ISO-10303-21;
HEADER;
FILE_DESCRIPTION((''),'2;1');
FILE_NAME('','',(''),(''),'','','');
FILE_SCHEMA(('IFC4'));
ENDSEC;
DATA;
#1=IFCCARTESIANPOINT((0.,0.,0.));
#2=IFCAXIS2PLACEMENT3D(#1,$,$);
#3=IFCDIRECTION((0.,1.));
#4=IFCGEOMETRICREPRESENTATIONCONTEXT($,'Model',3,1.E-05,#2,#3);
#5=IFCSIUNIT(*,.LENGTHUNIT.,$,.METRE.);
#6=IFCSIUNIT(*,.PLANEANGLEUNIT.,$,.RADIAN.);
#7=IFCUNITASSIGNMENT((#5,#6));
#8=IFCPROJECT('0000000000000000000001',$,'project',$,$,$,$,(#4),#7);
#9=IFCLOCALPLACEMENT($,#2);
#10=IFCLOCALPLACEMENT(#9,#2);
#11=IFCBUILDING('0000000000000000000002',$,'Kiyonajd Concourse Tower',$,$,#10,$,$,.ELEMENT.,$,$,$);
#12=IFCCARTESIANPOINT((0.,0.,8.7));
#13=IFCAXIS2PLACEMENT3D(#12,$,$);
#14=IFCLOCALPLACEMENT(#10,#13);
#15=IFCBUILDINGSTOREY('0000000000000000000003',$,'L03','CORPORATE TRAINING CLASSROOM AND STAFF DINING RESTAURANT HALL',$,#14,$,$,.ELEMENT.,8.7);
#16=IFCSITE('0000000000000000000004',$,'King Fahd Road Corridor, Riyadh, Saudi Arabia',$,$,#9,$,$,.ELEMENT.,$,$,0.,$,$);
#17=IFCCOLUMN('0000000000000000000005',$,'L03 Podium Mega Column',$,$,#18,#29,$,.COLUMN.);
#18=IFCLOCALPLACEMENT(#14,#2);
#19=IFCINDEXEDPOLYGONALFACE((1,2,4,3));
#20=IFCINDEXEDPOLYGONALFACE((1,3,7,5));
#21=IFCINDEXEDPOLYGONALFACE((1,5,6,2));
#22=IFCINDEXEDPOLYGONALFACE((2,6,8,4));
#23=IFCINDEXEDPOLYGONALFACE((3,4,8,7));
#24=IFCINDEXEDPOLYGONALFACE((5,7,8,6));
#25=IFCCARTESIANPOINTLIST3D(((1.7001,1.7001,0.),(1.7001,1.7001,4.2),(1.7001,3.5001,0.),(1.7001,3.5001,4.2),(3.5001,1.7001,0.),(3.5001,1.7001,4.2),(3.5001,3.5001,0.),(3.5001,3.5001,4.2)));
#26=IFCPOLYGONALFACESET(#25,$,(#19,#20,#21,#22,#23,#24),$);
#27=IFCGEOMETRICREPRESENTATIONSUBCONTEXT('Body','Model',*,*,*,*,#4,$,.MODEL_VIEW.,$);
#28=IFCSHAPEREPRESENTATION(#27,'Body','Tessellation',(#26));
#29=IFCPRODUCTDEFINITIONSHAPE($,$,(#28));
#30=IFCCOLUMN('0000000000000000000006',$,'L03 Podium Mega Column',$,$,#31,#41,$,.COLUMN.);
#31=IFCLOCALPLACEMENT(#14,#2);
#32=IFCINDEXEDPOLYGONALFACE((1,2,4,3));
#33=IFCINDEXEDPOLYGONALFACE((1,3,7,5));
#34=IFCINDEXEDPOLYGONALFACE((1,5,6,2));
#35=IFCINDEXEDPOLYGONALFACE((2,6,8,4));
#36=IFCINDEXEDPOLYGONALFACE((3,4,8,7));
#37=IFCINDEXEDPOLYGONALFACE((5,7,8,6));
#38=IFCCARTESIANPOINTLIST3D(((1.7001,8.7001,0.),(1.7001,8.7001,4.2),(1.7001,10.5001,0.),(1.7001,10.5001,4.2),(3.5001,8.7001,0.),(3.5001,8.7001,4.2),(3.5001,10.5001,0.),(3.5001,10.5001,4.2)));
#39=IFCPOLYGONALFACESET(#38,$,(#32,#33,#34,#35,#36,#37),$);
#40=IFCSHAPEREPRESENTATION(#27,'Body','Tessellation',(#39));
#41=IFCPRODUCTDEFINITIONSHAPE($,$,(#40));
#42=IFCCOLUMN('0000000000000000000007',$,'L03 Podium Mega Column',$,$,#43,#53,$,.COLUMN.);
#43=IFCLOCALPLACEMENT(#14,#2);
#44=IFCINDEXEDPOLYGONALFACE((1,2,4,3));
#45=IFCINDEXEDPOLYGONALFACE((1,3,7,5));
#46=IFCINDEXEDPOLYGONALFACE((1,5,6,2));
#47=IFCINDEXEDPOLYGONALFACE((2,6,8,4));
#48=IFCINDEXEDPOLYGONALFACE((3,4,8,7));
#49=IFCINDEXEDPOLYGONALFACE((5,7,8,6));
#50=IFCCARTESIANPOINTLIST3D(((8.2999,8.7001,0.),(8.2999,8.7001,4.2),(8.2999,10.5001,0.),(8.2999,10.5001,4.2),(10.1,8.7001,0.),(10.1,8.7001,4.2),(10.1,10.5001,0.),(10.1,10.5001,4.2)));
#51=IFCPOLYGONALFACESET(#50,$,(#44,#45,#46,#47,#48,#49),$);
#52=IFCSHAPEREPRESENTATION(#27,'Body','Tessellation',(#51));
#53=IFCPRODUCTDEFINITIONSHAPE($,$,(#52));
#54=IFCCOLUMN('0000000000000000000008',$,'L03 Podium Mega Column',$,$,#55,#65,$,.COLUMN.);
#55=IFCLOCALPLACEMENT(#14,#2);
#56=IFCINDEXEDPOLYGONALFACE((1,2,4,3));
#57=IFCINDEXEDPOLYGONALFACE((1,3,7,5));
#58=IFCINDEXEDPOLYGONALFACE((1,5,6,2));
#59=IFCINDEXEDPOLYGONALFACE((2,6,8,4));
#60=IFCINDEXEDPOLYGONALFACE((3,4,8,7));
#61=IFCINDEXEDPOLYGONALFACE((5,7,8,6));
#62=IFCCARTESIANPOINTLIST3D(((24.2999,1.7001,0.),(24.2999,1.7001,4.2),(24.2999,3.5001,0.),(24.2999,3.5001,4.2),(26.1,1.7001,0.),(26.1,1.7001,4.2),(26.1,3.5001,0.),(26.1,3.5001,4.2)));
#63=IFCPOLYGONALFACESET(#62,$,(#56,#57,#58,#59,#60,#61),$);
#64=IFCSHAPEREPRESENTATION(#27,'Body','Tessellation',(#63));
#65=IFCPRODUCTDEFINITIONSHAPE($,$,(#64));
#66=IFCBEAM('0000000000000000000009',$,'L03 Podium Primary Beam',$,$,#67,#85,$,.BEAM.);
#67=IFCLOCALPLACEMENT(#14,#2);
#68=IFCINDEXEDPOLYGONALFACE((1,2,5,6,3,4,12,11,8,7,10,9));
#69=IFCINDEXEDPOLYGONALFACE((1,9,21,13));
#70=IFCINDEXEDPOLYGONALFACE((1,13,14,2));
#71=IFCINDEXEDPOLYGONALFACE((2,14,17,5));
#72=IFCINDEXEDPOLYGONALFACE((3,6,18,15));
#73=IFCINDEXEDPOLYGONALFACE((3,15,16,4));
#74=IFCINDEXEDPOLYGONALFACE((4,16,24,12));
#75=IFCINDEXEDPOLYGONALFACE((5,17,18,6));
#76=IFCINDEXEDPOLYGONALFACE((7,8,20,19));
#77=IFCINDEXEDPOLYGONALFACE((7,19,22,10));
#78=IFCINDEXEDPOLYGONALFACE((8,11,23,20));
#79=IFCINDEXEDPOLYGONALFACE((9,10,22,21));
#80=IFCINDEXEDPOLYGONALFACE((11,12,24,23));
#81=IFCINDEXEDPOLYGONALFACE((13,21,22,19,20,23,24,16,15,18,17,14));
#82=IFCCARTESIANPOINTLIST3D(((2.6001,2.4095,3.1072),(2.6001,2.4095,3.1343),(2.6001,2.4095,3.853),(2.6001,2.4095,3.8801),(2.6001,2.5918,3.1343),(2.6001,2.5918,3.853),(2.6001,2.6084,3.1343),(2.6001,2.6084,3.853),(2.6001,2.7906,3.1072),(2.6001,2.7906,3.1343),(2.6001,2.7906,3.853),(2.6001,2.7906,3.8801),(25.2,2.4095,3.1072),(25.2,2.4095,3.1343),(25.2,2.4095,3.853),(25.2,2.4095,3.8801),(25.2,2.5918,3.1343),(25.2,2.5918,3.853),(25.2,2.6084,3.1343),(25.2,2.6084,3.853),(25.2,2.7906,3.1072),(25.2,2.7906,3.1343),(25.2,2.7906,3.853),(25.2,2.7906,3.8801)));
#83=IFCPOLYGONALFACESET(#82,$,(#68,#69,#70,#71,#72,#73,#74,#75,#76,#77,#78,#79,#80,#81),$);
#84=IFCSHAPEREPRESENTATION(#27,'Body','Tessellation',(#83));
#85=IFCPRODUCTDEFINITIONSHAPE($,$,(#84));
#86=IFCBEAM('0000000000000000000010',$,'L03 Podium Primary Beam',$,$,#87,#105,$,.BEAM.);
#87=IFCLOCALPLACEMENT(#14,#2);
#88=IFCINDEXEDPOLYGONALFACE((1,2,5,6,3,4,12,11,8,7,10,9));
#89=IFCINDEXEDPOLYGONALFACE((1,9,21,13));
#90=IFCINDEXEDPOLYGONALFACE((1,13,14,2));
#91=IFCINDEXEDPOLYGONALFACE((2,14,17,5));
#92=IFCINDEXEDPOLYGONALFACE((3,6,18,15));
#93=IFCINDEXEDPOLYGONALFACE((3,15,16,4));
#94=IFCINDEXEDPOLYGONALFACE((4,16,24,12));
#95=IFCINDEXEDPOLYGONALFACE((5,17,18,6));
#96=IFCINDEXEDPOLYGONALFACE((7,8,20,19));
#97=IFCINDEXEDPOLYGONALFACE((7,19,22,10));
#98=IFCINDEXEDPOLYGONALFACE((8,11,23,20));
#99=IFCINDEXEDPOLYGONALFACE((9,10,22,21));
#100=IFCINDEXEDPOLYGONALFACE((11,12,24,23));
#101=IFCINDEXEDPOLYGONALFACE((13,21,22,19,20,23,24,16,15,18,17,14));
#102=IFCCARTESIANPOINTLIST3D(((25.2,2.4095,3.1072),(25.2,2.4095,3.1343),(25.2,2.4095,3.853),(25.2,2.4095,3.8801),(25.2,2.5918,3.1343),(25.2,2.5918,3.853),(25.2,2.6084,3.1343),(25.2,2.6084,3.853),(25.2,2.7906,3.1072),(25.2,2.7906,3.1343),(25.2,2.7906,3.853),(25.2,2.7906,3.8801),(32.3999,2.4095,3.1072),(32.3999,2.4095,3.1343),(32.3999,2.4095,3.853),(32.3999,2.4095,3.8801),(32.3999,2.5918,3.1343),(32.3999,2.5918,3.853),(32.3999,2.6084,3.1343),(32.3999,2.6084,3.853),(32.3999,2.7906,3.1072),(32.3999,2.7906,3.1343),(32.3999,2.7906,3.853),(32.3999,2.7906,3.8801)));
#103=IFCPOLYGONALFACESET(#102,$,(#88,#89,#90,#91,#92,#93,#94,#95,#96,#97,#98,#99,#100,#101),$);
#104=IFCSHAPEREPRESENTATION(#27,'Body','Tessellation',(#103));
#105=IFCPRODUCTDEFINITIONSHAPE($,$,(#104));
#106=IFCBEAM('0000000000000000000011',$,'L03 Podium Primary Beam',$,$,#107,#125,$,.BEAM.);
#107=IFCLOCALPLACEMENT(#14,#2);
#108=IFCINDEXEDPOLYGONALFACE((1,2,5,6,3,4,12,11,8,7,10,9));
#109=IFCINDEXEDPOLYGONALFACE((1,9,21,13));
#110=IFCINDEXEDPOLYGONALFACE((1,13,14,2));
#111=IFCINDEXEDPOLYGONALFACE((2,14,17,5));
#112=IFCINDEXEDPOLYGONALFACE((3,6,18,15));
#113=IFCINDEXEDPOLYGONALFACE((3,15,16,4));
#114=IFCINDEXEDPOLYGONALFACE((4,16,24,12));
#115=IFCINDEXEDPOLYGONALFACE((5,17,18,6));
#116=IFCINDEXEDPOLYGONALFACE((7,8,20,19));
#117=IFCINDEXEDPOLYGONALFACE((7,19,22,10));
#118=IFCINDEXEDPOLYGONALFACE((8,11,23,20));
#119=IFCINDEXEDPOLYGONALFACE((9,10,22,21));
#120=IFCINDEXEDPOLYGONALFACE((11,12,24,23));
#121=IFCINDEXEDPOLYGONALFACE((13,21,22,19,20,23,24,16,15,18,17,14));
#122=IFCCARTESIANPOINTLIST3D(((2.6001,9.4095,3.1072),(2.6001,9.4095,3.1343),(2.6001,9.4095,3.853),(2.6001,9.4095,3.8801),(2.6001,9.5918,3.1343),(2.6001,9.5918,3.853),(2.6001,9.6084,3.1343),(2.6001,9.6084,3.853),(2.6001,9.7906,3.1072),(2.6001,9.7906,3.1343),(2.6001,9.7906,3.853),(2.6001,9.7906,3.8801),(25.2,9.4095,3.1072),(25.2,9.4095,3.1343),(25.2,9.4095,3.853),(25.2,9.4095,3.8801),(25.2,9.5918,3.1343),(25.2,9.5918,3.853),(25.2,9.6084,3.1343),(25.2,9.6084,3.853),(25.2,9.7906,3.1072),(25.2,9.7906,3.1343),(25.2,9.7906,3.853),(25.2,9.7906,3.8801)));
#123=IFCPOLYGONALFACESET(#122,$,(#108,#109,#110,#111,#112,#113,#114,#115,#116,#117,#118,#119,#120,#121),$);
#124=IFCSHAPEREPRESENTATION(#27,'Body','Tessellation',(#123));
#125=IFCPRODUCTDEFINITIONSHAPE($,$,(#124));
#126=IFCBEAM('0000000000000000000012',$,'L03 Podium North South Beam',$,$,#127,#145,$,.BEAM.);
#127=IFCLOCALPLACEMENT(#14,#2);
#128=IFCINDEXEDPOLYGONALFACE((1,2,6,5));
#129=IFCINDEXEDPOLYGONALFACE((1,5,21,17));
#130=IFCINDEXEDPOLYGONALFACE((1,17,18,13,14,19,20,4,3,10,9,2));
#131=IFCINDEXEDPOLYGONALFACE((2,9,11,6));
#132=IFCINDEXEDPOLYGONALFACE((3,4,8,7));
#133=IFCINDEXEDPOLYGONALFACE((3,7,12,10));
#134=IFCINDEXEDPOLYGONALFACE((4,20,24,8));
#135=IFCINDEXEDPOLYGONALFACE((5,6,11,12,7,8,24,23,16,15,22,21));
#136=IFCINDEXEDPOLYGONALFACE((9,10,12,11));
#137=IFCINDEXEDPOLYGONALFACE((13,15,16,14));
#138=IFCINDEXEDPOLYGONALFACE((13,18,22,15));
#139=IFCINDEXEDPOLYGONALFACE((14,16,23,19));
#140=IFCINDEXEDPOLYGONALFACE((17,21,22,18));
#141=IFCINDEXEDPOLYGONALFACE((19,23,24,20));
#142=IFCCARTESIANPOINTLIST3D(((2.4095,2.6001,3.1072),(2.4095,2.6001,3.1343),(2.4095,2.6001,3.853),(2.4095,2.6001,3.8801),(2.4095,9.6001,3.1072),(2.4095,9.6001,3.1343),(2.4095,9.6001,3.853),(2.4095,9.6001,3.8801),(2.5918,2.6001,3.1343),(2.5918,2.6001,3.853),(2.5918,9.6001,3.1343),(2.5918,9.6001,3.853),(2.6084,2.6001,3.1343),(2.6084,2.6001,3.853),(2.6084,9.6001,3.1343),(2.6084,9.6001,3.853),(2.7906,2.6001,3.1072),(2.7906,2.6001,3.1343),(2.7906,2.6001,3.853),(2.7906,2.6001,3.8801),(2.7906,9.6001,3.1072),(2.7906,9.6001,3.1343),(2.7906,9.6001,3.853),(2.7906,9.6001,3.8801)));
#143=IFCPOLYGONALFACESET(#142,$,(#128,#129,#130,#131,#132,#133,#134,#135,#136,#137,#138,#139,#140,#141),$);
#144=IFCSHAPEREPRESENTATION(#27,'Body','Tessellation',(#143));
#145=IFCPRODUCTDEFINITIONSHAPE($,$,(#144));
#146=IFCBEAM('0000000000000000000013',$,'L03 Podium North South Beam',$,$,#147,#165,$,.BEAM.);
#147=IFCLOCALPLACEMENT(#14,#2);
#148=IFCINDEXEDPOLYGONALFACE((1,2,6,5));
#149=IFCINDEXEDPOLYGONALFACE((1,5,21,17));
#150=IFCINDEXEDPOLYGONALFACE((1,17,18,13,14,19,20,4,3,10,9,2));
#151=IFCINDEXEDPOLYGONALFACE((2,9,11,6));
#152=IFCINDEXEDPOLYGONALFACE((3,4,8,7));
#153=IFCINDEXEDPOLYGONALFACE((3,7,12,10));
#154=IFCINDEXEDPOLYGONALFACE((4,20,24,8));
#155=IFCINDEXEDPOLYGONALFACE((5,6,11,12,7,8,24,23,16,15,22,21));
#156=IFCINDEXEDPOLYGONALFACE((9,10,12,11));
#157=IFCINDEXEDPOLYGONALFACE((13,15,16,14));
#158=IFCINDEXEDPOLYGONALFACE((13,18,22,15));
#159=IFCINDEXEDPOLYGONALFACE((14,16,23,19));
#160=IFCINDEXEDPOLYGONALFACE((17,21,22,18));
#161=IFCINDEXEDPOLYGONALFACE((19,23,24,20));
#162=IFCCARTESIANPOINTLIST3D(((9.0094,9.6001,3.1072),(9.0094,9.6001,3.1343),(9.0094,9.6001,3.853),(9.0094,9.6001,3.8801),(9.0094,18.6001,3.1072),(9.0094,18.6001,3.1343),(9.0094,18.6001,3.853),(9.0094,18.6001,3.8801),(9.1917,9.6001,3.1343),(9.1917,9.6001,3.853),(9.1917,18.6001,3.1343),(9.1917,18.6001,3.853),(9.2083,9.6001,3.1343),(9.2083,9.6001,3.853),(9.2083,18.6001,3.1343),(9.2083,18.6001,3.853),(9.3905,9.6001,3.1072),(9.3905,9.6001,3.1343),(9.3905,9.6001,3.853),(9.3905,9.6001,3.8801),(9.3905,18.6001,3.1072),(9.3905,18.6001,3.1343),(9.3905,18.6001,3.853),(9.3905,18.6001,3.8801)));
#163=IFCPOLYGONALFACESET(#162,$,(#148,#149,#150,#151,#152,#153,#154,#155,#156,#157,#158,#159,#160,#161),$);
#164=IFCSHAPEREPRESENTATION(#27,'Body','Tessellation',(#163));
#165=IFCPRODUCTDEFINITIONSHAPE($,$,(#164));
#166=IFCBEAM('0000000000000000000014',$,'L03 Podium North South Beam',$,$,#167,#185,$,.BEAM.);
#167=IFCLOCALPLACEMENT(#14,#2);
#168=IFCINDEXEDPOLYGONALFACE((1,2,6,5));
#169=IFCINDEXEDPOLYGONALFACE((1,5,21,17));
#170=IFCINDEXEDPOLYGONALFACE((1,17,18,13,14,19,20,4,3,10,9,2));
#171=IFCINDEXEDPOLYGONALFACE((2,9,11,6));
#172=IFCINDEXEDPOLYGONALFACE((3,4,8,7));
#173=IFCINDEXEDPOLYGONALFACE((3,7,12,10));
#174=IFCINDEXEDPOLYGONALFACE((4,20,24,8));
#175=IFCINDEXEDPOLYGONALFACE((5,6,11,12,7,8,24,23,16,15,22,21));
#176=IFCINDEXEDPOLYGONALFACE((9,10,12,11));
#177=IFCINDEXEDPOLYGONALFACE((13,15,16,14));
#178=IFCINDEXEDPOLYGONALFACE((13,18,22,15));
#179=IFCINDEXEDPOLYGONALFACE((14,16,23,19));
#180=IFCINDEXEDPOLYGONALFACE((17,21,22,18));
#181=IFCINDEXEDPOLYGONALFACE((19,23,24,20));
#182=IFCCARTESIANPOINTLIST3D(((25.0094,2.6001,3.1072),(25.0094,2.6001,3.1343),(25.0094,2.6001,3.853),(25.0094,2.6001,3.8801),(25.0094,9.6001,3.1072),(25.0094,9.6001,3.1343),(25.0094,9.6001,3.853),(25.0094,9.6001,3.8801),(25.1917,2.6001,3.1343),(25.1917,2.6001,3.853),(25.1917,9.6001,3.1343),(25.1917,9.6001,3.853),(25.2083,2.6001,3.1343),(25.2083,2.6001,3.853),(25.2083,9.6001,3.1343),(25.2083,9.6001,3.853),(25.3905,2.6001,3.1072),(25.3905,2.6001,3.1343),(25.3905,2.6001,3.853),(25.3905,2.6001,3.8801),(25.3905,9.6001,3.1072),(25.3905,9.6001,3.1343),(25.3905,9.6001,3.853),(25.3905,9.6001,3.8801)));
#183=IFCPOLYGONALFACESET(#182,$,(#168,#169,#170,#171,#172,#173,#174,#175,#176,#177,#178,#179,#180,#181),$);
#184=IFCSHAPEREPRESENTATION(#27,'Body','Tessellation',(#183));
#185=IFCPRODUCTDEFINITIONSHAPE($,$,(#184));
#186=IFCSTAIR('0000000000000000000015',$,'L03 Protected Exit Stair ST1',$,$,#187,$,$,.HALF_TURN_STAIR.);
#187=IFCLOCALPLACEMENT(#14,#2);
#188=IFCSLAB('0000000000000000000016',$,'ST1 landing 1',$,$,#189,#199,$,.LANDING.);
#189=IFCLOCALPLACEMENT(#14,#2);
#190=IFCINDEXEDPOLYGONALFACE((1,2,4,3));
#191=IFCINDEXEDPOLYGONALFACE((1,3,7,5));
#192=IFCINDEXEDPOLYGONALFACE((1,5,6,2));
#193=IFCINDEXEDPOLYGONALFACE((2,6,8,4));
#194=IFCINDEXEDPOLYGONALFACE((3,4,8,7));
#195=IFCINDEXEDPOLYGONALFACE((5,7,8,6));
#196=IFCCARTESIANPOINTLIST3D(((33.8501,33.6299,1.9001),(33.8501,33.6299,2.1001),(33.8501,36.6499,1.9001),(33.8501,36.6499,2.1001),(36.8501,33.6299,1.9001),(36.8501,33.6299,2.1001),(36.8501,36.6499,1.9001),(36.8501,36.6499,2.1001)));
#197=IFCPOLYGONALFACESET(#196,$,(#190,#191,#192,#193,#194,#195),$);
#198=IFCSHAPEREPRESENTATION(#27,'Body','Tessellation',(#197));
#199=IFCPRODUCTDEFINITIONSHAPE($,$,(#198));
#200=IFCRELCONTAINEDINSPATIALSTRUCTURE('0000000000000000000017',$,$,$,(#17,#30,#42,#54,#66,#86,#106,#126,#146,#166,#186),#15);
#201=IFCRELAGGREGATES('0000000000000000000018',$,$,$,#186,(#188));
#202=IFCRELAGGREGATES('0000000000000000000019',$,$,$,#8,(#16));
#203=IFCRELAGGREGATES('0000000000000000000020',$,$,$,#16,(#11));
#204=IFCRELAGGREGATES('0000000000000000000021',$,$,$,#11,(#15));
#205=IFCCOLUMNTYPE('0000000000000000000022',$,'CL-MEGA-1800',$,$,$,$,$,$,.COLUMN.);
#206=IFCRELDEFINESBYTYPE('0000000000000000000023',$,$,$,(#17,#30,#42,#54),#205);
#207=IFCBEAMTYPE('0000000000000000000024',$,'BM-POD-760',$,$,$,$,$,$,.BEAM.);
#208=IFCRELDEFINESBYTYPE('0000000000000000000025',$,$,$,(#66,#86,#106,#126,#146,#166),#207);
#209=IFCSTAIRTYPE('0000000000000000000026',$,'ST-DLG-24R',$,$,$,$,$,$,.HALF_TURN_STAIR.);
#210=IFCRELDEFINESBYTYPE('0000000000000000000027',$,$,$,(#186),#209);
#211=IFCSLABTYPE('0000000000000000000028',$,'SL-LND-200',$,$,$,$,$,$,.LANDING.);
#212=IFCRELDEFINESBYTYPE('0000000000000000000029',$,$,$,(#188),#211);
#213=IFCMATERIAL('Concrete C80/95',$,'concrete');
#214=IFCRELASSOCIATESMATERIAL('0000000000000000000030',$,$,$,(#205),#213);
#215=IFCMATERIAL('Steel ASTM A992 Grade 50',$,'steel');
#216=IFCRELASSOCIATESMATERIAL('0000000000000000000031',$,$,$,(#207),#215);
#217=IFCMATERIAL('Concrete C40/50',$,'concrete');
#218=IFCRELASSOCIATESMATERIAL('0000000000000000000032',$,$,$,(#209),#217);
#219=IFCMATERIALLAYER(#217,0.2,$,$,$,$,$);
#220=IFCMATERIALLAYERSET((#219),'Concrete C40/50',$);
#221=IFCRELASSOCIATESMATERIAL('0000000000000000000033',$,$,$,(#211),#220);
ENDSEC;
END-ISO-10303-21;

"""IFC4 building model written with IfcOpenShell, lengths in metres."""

from ifc_helpers import new_model, si_unit, direction, frame, origin, origin_2d, place, context, subcontext, project, spatial, polyline, rectangle, i_section, outline, extrude, material, layer, layer_set, material_profile, profile_set, type_object, element, aggregate, save


model = new_model("IFC4")

# Units and contexts
model_context = context("Model", 3, precision=1e-05, world=origin(), true_north=direction((0.0, 1.0)))
body_context = subcontext(model_context, "Body", "Model", "MODEL_VIEW")
ifc_project = project(units=[si_unit("LENGTHUNIT", "METRE"), si_unit("PLANEANGLEUNIT", "RADIAN")], contexts=[model_context])

# Site, building, storey
site_placement = place(None, origin())
site = spatial("IfcSite", under=ifc_project, at=site_placement, Name="King Fahd Road Corridor, Riyadh, Saudi Arabia", CompositionType="ELEMENT", RefElevation=0.0)
building_placement = place(site_placement, origin())
building = spatial("IfcBuilding", under=site, at=building_placement, Name="Kiyonajd Concourse Tower", CompositionType="ELEMENT")
storey_placement = place(building_placement, frame((0.0, 0.0, 8.7)))
storey = spatial("IfcBuildingStorey", under=building, at=storey_placement, Name="L03", Description="CORPORATE TRAINING CLASSROOM AND STAFF DINING RESTAURANT HALL", CompositionType="ELEMENT", Elevation=8.7)

# Columns
ifc_material_1 = material(Name="Concrete C80/95", Category="concrete")
ifc_material_profile_1 = material_profile(ifc_material_1, rectangle(XDim=1.8, YDim=1.8, at=origin_2d()), Name="RC-1800x1800")
ifc_profile_set_1 = profile_set([ifc_material_profile_1], Name="Concrete C80/95")
column_type = type_object("IfcColumnType", Name="CL-MEGA-1800", PredefinedType="COLUMN", material=ifc_profile_set_1)
for number, where, z_axis, x_axis, name in (
    (1, (2.6001, 2.6001, 0.0), (0.0, 0.0, 1.0), (1.0, 0.0, 0.0), "L03 Podium Mega Column"),
    (2, (2.6001, 9.6001, 0.0), (0.0, 0.0, 1.0), (1.0, 0.0, 0.0), "L03 Podium Mega Column"),
    (3, (9.2, 9.6001, 0.0), (0.0, 0.0, 1.0), (1.0, 0.0, 0.0), "L03 Podium Mega Column"),
    (4, (25.2, 2.6001, 0.0), (0.0, 0.0, 1.0), (1.0, 0.0, 0.0), "L03 Podium Mega Column"),
):
    element("IfcColumn", number, at=place(storey_placement, frame(where, z_axis=z_axis, x_axis=x_axis)), inside=storey, type_object=column_type, Name=name, PredefinedType="COLUMN", context=body_context, shape_type="SweptSolid", body=[
        extrude(rectangle(XDim=1.8, YDim=1.8, at=origin_2d()), origin(), (0.0, 0.0, 1.0), 4.2),
    ])

# Beams
ifc_material_2 = material(Name="Steel ASTM A992 Grade 50", Category="steel")
ifc_material_profile_2 = material_profile(ifc_material_2, i_section(OverallWidth=0.3811, OverallDepth=0.7729, WebThickness=0.0166, FlangeThickness=0.0271, at=origin_2d()), Name="W760X257")
ifc_profile_set_2 = profile_set([ifc_material_profile_2], Name="Steel ASTM A992 Grade 50")
beam_type = type_object("IfcBeamType", Name="BM-POD-760", PredefinedType="BEAM", material=ifc_profile_set_2)
beam_1_placement = place(storey_placement, frame((2.6001, 2.6001, 3.4937), z_axis=(1.0, 0.0, 0.0), x_axis=(0.0, 1.0, 0.0)))
element("IfcBeam", 5, at=beam_1_placement, inside=storey, type_object=beam_type, Name="L03 Podium Primary Beam", PredefinedType="BEAM", context=body_context, shape_type="SweptSolid", body=[
    extrude(i_section(OverallWidth=0.3811, OverallDepth=0.7729, WebThickness=0.0166, FlangeThickness=0.0271, at=origin_2d()), origin(), (0.0, 0.0, 1.0), 22.5999),
])
beam_2_placement = place(storey_placement, frame((25.2, 2.6001, 3.4937), z_axis=(1.0, 0.0, 0.0), x_axis=(0.0, 1.0, 0.0)))
element("IfcBeam", 6, at=beam_2_placement, inside=storey, type_object=beam_type, Name="L03 Podium Primary Beam", PredefinedType="BEAM", context=body_context, shape_type="SweptSolid", body=[
    extrude(i_section(OverallWidth=0.3811, OverallDepth=0.7729, WebThickness=0.0166, FlangeThickness=0.0271, at=origin_2d()), origin(), (0.0, 0.0, 1.0), 7.2),
])
beam_3_placement = place(storey_placement, frame((2.6001, 9.6001, 3.4937), z_axis=(1.0, 0.0, 0.0), x_axis=(0.0, 1.0, 0.0)))
element("IfcBeam", 7, at=beam_3_placement, inside=storey, type_object=beam_type, Name="L03 Podium Primary Beam", PredefinedType="BEAM", context=body_context, shape_type="SweptSolid", body=[
    extrude(i_section(OverallWidth=0.3811, OverallDepth=0.7729, WebThickness=0.0166, FlangeThickness=0.0271, at=origin_2d()), origin(), (0.0, 0.0, 1.0), 22.5999),
])
beam_4_placement = place(storey_placement, frame((2.6001, 2.6001, 3.4937), z_axis=(0.0, 1.0, 0.0), x_axis=(-1.0, 0.0, 0.0)))
element("IfcBeam", 8, at=beam_4_placement, inside=storey, type_object=beam_type, Name="L03 Podium North South Beam", PredefinedType="BEAM", context=body_context, shape_type="SweptSolid", body=[
    extrude(i_section(OverallWidth=0.3811, OverallDepth=0.7729, WebThickness=0.0166, FlangeThickness=0.0271, at=origin_2d()), origin(), (0.0, 0.0, 1.0), 7.0),
])
beam_5_placement = place(storey_placement, frame((9.2, 9.6001, 3.4937), z_axis=(0.0, 1.0, 0.0), x_axis=(-1.0, 0.0, 0.0)))
element("IfcBeam", 9, at=beam_5_placement, inside=storey, type_object=beam_type, Name="L03 Podium North South Beam", PredefinedType="BEAM", context=body_context, shape_type="SweptSolid", body=[
    extrude(i_section(OverallWidth=0.3811, OverallDepth=0.7729, WebThickness=0.0166, FlangeThickness=0.0271, at=origin_2d()), origin(), (0.0, 0.0, 1.0), 9.0),
])
beam_6_placement = place(storey_placement, frame((25.2, 2.6001, 3.4937), z_axis=(0.0, 1.0, 0.0), x_axis=(-1.0, 0.0, 0.0)))
element("IfcBeam", 10, at=beam_6_placement, inside=storey, type_object=beam_type, Name="L03 Podium North South Beam", PredefinedType="BEAM", context=body_context, shape_type="SweptSolid", body=[
    extrude(i_section(OverallWidth=0.3811, OverallDepth=0.7729, WebThickness=0.0166, FlangeThickness=0.0271, at=origin_2d()), origin(), (0.0, 0.0, 1.0), 7.0),
])

# Stair, slab
ifc_material_3 = material(Name="Concrete C40/50", Category="concrete")
stair_type_1 = type_object("IfcStairType", Name="ST-DLG-24R", PredefinedType="HALF_TURN_STAIR", material=ifc_material_3)
stair_1_placement = place(storey_placement, origin())
stair_1 = element("IfcStair", 11, at=stair_1_placement, inside=storey, type_object=stair_type_1, Name="L03 Protected Exit Stair ST1", PredefinedType="HALF_TURN_STAIR")
ifc_layer_1 = layer(ifc_material_3, 0.2)
ifc_layer_set_1 = layer_set([ifc_layer_1], Name="Concrete C40/50")
slab_type_1 = type_object("IfcSlabType", Name="SL-LND-200", PredefinedType="LANDING", material=ifc_layer_set_1)
slab_1_placement = place(storey_placement, frame((0.0, 0.0, 1.9001)))
slab_1 = element("IfcSlab", 12, at=slab_1_placement, type_object=slab_type_1, Name="ST1 landing 1", PredefinedType="LANDING", context=body_context, shape_type="SweptSolid", body=[
    extrude(outline(polyline([(36.8501, 33.6299), (36.8501, 36.6499), (33.8501, 36.6499), (33.8501, 33.6299), (36.8501, 33.6299)])), origin(), (0.0, 0.0, 1.0), 0.2),
])
aggregate(stair_1, [slab_1])

save(model, "model.ifc")
